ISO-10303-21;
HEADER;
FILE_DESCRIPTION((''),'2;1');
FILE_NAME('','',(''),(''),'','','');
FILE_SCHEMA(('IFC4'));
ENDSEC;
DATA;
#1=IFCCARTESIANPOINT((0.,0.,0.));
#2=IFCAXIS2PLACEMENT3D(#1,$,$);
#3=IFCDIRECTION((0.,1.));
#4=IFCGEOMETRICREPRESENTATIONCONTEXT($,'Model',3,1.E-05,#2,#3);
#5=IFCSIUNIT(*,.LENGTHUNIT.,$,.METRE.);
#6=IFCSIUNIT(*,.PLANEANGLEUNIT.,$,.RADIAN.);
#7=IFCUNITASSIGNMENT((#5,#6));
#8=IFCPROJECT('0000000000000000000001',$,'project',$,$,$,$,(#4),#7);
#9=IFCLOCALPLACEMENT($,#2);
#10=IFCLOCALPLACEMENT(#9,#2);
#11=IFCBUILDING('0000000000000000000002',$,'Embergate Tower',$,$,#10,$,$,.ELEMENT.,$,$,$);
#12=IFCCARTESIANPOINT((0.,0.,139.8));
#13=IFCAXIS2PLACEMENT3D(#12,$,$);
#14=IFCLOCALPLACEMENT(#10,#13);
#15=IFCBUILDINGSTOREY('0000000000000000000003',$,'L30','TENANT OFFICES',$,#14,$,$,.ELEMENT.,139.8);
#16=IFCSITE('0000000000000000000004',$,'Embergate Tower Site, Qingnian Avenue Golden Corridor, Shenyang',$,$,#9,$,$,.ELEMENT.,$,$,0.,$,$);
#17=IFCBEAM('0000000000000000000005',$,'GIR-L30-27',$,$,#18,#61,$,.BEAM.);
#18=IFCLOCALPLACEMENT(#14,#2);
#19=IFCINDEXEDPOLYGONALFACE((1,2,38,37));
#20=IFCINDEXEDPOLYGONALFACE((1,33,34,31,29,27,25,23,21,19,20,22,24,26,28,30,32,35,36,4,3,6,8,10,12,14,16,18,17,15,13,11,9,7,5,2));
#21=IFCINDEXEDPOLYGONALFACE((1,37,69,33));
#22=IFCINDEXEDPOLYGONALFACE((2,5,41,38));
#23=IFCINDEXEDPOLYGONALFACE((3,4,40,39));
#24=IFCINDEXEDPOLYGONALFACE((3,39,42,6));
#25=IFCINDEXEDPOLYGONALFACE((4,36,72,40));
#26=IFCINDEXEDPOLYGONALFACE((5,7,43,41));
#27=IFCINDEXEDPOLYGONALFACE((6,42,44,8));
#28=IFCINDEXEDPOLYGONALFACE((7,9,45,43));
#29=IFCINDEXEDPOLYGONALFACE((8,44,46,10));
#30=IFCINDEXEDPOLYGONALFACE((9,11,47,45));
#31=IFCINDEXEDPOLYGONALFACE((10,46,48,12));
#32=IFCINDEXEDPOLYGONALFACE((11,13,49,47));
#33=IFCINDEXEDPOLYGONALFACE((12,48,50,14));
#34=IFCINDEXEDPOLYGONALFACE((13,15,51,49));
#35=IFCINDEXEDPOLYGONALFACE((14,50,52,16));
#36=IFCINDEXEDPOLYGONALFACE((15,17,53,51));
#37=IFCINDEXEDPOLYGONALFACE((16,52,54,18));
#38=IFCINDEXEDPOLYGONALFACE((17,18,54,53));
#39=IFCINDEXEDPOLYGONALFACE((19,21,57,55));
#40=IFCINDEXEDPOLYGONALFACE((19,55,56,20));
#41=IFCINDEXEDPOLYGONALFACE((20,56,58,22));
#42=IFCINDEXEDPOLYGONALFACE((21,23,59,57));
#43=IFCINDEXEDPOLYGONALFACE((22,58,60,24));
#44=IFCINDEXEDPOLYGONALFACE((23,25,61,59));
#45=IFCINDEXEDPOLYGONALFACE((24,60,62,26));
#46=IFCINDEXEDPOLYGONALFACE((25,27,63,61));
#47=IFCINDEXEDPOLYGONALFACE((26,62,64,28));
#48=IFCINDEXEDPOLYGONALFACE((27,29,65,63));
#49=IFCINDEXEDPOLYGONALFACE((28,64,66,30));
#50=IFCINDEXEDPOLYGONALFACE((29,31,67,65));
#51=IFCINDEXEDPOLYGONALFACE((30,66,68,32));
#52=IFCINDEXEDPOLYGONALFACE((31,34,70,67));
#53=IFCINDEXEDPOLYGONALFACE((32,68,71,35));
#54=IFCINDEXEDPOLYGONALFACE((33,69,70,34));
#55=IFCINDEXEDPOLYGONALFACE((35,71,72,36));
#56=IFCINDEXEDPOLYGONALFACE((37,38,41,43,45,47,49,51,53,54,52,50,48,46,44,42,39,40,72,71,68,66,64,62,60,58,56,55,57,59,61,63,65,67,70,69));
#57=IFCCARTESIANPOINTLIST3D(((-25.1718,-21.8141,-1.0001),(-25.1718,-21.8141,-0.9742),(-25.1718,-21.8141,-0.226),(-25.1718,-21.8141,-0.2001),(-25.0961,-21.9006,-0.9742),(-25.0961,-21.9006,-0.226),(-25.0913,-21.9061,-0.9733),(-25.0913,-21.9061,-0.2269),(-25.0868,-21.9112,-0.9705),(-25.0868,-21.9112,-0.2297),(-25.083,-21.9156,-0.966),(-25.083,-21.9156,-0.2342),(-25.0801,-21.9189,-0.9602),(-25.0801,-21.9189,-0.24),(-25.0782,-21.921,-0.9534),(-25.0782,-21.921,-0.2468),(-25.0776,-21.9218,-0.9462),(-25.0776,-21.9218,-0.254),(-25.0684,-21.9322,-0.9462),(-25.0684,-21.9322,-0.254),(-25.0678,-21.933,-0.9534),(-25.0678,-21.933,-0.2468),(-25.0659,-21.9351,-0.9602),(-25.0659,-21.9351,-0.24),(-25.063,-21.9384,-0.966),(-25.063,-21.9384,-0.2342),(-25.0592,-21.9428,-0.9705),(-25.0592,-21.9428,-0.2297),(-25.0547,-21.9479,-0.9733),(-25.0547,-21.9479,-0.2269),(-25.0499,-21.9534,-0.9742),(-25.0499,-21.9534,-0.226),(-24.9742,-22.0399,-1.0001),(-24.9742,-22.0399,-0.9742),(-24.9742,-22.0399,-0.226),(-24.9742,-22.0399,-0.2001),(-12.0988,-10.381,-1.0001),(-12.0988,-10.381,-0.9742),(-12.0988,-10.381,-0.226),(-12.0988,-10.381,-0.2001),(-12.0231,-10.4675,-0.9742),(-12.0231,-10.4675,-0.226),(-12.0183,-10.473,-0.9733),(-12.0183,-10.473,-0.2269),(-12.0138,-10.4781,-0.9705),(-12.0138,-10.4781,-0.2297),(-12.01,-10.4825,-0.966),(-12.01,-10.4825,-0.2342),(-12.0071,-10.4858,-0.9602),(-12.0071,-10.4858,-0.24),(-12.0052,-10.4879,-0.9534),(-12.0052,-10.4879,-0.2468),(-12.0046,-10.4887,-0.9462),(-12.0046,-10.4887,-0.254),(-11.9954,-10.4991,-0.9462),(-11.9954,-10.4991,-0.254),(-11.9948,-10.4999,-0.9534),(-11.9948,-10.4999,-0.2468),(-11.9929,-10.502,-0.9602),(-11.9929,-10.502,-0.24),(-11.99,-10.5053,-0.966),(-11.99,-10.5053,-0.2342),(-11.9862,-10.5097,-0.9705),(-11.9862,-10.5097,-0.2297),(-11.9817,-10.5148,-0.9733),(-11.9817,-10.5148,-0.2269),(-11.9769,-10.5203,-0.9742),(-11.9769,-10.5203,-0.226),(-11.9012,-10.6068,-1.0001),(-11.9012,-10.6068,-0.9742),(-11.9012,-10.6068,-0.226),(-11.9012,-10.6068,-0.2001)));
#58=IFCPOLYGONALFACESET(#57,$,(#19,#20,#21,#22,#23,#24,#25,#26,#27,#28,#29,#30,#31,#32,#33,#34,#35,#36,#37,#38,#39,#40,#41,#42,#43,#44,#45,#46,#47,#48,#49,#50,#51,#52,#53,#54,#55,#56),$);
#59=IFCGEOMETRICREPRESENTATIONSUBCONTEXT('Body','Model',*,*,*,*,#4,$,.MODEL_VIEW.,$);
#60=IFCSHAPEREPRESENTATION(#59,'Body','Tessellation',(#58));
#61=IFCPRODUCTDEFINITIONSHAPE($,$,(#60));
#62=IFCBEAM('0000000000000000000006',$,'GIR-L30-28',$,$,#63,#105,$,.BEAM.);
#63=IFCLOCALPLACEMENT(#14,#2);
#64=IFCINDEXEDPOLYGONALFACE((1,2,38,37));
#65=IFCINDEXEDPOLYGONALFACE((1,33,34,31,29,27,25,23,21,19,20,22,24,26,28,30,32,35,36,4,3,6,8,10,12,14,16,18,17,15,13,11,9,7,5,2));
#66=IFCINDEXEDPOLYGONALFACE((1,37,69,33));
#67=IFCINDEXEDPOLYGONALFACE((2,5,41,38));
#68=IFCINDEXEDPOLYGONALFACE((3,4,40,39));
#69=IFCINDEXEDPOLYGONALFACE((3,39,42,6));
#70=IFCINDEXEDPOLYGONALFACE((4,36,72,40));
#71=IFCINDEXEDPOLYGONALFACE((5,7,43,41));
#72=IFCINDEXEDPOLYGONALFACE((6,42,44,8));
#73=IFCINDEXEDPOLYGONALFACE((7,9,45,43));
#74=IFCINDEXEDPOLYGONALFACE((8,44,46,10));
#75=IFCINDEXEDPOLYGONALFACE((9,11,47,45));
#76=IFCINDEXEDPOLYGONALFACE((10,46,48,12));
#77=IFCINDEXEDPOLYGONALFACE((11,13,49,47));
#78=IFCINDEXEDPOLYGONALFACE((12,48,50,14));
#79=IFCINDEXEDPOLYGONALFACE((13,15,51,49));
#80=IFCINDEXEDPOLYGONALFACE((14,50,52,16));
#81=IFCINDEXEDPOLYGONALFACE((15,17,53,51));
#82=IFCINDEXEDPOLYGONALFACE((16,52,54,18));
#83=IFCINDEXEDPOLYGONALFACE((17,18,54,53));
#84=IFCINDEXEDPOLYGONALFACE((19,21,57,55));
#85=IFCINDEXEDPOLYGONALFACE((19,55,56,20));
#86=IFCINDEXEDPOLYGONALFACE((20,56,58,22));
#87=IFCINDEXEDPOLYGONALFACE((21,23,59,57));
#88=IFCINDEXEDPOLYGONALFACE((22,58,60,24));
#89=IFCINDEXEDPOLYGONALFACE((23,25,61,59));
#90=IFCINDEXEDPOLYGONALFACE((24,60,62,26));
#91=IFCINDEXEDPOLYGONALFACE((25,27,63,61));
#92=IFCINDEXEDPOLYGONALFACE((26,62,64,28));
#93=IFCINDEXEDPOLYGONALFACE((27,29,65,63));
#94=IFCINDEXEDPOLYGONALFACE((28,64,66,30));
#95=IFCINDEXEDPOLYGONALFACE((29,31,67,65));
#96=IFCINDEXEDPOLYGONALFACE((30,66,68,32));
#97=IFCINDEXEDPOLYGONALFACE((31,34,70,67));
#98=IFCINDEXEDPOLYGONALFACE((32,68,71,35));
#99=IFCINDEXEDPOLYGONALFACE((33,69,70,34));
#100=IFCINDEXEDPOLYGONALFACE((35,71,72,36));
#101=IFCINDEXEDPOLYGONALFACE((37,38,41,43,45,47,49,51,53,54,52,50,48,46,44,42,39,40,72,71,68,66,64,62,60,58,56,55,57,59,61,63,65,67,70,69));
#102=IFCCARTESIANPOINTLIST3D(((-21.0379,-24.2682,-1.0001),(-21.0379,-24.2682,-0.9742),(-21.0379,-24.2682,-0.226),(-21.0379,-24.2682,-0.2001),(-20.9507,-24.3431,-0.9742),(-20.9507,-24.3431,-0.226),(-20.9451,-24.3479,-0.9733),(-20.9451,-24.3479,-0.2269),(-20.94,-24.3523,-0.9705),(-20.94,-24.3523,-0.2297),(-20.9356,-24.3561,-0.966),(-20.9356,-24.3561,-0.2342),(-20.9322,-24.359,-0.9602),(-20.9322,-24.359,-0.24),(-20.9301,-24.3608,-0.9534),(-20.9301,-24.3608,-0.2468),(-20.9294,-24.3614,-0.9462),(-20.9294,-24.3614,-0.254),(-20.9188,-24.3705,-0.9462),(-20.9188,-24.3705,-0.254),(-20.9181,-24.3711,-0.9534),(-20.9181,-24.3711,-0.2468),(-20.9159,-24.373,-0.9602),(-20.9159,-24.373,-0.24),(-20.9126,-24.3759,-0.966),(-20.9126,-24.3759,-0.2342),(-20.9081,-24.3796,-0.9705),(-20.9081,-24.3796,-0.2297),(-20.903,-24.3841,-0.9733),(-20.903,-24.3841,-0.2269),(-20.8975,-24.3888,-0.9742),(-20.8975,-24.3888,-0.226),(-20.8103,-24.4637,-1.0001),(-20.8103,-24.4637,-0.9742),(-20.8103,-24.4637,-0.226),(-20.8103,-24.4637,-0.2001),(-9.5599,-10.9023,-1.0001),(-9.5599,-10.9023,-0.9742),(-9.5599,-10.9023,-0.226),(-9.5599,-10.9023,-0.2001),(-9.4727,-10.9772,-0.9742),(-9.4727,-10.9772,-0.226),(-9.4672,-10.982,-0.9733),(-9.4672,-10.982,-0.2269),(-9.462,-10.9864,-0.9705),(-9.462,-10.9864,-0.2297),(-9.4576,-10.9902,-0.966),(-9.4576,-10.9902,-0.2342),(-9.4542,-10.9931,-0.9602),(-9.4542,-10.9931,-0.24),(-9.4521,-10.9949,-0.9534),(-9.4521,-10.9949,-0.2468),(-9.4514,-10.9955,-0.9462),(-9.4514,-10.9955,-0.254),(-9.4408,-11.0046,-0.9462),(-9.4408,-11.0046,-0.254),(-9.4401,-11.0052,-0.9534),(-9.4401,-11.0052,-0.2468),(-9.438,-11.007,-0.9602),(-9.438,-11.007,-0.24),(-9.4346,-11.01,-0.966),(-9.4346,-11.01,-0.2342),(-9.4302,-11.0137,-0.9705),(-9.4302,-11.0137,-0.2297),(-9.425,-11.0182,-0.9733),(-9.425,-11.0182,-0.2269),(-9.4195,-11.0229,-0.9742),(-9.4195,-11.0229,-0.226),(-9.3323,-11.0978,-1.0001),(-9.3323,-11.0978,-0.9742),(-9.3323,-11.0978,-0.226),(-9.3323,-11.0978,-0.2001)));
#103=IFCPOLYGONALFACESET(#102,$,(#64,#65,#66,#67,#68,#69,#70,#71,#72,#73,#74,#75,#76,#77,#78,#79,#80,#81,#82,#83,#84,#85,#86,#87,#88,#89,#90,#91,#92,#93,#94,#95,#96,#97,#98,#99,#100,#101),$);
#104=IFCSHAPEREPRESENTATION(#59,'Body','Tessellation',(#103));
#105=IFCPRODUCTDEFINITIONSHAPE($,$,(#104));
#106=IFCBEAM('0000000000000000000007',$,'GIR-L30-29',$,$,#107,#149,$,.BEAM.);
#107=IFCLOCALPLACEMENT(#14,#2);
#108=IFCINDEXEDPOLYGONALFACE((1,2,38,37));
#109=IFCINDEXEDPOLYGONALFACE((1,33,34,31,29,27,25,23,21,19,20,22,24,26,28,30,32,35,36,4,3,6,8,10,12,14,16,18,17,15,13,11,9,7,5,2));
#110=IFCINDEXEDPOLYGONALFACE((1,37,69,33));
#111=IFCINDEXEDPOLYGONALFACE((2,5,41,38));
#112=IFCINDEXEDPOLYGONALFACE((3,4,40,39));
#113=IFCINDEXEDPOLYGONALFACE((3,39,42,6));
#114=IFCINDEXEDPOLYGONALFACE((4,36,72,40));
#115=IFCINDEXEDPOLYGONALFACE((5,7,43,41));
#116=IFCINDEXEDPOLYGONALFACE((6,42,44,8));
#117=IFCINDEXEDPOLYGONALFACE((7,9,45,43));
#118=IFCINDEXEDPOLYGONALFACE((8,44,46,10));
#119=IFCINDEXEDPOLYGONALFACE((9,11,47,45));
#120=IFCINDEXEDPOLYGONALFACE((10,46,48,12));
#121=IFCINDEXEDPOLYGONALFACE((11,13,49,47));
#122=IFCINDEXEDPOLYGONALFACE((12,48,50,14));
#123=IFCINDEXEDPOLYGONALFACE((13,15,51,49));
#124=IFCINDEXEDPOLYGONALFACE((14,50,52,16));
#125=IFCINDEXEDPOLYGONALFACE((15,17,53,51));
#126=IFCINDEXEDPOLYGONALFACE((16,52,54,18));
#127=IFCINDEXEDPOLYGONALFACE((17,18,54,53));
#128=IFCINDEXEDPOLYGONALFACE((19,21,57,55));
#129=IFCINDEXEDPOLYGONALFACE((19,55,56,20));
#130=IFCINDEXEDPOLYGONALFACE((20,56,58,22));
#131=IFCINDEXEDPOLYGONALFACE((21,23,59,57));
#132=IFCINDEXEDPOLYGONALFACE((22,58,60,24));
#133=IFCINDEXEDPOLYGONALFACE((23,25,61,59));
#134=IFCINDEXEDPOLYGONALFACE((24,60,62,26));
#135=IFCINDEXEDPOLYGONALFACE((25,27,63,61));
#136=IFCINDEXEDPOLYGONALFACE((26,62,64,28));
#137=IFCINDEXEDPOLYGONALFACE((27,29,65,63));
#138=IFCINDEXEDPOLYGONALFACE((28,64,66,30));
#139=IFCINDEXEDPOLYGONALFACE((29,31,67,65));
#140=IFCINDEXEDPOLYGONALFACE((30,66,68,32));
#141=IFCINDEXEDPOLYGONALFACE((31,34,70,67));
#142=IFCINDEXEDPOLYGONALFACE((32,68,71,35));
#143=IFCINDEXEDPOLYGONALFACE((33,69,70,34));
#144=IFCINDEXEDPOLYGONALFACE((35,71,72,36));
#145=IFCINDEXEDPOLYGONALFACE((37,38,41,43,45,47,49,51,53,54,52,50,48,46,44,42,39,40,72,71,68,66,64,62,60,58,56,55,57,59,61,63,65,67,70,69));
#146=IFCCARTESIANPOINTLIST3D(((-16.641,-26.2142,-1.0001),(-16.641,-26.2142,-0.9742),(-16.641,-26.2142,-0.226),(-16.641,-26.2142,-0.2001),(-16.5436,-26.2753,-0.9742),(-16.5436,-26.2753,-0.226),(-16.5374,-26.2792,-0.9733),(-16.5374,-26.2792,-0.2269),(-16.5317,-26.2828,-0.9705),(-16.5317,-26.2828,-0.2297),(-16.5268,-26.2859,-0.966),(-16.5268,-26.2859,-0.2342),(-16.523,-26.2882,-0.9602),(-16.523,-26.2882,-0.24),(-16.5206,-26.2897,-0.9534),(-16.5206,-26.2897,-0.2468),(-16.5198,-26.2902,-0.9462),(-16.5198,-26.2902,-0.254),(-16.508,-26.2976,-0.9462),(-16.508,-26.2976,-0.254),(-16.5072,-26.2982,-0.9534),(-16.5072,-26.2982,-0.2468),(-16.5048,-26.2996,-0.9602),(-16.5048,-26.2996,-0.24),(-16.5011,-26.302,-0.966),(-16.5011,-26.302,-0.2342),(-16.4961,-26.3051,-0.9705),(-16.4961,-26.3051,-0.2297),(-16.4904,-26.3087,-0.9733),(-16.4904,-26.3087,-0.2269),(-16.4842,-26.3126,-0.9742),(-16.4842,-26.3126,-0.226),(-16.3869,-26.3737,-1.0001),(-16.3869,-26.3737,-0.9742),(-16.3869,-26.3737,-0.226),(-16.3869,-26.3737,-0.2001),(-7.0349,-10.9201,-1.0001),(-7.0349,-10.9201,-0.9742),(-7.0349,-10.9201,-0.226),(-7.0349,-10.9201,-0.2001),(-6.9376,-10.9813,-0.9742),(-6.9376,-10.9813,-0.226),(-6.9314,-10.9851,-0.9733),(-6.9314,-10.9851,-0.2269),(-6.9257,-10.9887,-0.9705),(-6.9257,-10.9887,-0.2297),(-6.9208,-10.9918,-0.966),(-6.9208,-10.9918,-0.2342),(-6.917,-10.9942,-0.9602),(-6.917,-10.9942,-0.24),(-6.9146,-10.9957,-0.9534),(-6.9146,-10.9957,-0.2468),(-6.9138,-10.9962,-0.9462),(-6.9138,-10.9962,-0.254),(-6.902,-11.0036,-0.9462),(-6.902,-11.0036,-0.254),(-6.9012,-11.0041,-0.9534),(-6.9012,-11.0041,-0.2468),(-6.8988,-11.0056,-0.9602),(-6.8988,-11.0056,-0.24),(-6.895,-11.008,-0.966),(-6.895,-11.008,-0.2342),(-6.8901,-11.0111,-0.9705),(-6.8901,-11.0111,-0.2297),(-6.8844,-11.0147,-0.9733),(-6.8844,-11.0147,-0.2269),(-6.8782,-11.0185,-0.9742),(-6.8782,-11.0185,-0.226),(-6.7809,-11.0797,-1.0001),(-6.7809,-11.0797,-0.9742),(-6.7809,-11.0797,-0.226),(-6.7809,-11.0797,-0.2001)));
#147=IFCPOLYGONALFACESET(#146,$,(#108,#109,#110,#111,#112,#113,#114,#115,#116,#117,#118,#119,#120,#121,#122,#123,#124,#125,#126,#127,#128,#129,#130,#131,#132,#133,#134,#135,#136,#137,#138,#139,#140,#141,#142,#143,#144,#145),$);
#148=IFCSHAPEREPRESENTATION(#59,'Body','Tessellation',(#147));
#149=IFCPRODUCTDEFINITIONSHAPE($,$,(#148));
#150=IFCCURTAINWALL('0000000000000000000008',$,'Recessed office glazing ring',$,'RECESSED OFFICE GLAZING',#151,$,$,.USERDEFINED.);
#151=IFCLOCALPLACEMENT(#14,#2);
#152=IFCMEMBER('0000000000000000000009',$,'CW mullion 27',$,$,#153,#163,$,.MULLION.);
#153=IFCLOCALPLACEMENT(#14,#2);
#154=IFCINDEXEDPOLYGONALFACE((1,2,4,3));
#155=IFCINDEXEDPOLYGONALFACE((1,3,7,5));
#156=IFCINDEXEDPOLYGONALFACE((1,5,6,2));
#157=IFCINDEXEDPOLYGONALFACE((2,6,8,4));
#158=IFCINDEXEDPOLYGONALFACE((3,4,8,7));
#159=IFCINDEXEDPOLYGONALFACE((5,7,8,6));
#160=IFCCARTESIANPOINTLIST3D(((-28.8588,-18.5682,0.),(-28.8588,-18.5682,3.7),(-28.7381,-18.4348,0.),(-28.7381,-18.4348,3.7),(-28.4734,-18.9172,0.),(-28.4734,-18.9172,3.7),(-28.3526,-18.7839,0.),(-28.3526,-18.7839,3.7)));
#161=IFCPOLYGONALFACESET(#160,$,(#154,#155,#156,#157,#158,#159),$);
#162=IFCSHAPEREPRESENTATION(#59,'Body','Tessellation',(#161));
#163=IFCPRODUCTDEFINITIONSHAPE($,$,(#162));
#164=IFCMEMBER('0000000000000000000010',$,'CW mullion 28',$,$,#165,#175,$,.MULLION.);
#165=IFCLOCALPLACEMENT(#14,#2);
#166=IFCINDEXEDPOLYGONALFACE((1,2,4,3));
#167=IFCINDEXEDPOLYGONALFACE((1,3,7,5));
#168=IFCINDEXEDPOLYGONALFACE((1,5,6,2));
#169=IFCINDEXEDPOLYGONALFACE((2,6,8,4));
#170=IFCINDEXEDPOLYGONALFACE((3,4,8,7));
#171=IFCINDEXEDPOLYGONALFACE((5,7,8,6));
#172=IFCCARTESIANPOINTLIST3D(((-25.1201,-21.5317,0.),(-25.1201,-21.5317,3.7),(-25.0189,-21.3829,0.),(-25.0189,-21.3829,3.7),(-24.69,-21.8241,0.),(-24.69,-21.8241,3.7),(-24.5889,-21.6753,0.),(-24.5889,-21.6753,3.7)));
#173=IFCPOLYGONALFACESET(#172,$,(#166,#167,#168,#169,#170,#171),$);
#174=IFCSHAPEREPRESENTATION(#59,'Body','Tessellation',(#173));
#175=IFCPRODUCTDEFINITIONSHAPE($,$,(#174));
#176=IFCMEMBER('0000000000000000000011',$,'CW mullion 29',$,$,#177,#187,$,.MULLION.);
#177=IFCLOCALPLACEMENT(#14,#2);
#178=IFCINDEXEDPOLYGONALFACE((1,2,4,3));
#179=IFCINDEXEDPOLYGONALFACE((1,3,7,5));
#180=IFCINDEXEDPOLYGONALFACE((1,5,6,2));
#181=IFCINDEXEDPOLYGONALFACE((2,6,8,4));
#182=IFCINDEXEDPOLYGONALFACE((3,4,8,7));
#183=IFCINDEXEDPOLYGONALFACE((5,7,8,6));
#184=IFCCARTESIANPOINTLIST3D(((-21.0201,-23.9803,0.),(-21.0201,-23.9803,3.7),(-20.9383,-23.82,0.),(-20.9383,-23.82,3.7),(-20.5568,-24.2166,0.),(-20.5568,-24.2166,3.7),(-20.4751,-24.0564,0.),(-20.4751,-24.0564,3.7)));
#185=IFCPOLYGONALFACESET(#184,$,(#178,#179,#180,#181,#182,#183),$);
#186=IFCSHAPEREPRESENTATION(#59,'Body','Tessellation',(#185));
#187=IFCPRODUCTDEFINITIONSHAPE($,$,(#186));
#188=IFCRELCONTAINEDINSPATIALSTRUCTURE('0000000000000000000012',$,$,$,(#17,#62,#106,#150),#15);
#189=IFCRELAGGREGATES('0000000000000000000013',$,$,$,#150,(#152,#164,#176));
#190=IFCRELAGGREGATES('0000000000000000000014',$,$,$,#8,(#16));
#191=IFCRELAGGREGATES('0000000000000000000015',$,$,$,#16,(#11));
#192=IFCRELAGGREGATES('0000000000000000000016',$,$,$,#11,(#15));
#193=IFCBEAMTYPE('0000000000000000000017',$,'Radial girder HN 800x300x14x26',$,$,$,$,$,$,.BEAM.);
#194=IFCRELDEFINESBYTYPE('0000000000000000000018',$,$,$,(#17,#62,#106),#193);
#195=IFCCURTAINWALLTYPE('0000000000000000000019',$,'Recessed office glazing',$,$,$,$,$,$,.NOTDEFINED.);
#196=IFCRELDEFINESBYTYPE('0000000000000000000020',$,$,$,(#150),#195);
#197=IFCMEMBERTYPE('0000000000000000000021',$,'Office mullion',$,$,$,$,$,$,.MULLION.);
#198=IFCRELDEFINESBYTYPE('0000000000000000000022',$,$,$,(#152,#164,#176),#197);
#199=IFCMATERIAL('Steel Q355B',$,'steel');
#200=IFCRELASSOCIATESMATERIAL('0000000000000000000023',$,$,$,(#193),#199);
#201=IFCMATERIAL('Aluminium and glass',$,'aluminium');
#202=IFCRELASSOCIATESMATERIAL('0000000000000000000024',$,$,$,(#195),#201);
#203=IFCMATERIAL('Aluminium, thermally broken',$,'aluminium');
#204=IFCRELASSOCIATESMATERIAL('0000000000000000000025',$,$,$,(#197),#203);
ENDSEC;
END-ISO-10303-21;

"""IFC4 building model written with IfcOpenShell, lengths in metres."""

from ifc_helpers import new_model, si_unit, direction, frame, origin, origin_2d, place, context, subcontext, project, spatial, rectangle, i_section, extrude, source, transform, mapped, material, material_profile, profile_set, type_object, element, aggregate, save


model = new_model("IFC4")

# Units and contexts
model_context = context("Model", 3, precision=1e-05, world=origin(), true_north=direction((0.0, 1.0)))
body_context = subcontext(model_context, "Body", "Model", "MODEL_VIEW")
ifc_project = project(units=[si_unit("LENGTHUNIT", "METRE"), si_unit("PLANEANGLEUNIT", "RADIAN")], contexts=[model_context])

# Site, building, storey
site_placement = place(None, origin())
site = spatial("IfcSite", under=ifc_project, at=site_placement, Name="Embergate Tower Site, Qingnian Avenue Golden Corridor, Shenyang", CompositionType="ELEMENT", RefElevation=0.0)
building_placement = place(site_placement, origin())
building = spatial("IfcBuilding", under=site, at=building_placement, Name="Embergate Tower", CompositionType="ELEMENT")
storey_placement = place(building_placement, frame((0.0, 0.0, 139.8)))
storey = spatial("IfcBuildingStorey", under=building, at=storey_placement, Name="L30", Description="TENANT OFFICES", CompositionType="ELEMENT", Elevation=139.8)

# Beams
ifc_material_1 = material(Name="Steel Q355B", Category="steel")
ifc_material_profile_1 = material_profile(ifc_material_1, i_section(OverallWidth=0.3, OverallDepth=0.8, WebThickness=0.0139, FlangeThickness=0.0259, FilletRadius=0.0281, at=origin_2d()), Name="HN 800x300x14x26")
ifc_profile_set_1 = profile_set([ifc_material_profile_1], Name="Steel Q355 grade B")
beam_type_1 = type_object("IfcBeamType", Name="Radial girder HN 800x300x14x26", PredefinedType="BEAM", material=ifc_profile_set_1)
shared_shape_1 = source(origin(), body_context, "Body", "SweptSolid", [
    extrude(i_section(OverallWidth=0.3, OverallDepth=0.8, WebThickness=0.0139, FlangeThickness=0.0259, FilletRadius=0.0281, at=origin_2d()), origin(), (0.0, 0.0, 1.0), 17.3672),
])
beam_1_placement = place(storey_placement, frame((-25.073, -21.927, -0.6001), z_axis=(0.752741, 0.658316, 0.0), x_axis=(-0.658316, 0.752741, 0.0)))
element("IfcBeam", 1, at=beam_1_placement, inside=storey, type_object=beam_type_1, Name="GIR-L30-27", PredefinedType="BEAM", context=body_context, shape_type="MappedRepresentation", body=[
    mapped(shared_shape_1, transform((0.0, 0.0, 0.0))),
])
shared_shape_2 = source(origin(), body_context, "Body", "SweptSolid", [
    extrude(i_section(OverallWidth=0.3, OverallDepth=0.8, WebThickness=0.0139, FlangeThickness=0.0259, FilletRadius=0.0281, at=origin_2d()), origin(), (0.0, 0.0, 1.0), 17.6179),
])
beam_2_placement = place(storey_placement, frame((-20.9241, -24.366, -0.6001), z_axis=(0.651494, 0.758654, 0.0), x_axis=(-0.758654, 0.651494, 0.0)))
element("IfcBeam", 2, at=beam_2_placement, inside=storey, type_object=beam_type_1, Name="GIR-L30-28", PredefinedType="BEAM", context=body_context, shape_type="MappedRepresentation", body=[
    mapped(shared_shape_2, transform((0.0, 0.0, 0.0))),
])
shared_shape_3 = source(origin(), body_context, "Body", "SweptSolid", [
    extrude(i_section(OverallWidth=0.3, OverallDepth=0.8, WebThickness=0.0139, FlangeThickness=0.0259, FilletRadius=0.0281, at=origin_2d()), origin(), (0.0, 0.0, 1.0), 18.0605),
])
beam_3_placement = place(storey_placement, frame((-16.5139, -26.2939, -0.6001), z_axis=(0.531879, 0.846821, 0.0), x_axis=(-0.846821, 0.531879, 0.0)))
element("IfcBeam", 3, at=beam_3_placement, inside=storey, type_object=beam_type_1, Name="GIR-L30-29", PredefinedType="BEAM", context=body_context, shape_type="MappedRepresentation", body=[
    mapped(shared_shape_3, transform((0.0, 0.0, 0.0))),
])

# Curtain wall, members
ifc_material_2 = material(Name="Aluminium and glass", Category="aluminium")
curtain_wall_type = type_object("IfcCurtainWallType", Name="Recessed office glazing", PredefinedType="NOTDEFINED", material=ifc_material_2)
curtain_wall_placement = place(storey_placement, origin())
curtain_wall = element("IfcCurtainWall", 4, at=curtain_wall_placement, inside=storey, type_object=curtain_wall_type, Name="Recessed office glazing ring", ObjectType="RECESSED OFFICE GLAZING", PredefinedType="USERDEFINED")
ifc_material_3 = material(Name="Aluminium, thermally broken", Category="aluminium")
ifc_material_profile_2 = material_profile(ifc_material_3, rectangle(XDim=0.1799, YDim=0.52, at=origin_2d()), Name="AL 520x180")
ifc_profile_set_2 = profile_set([ifc_material_profile_2], Name="Aluminium, thermally broken")
member_type_1 = type_object("IfcMemberType", Name="Office mullion", PredefinedType="MULLION", material=ifc_profile_set_2)
shared_shape_4 = source(origin(), body_context, "Body", "SweptSolid", [
    extrude(rectangle(XDim=0.1799, YDim=0.52, at=origin_2d()), origin(), (0.0, 0.0, 1.0), 3.7),
])
member_1_placement = place(storey_placement, frame((-28.6057, -18.676, 0.0), z_axis=(0.0, 0.0, 1.0), x_axis=(0.671225, 0.741253, 0.0)))
member_1 = element("IfcMember", 5, at=member_1_placement, type_object=member_type_1, Name="CW mullion 27", PredefinedType="MULLION", context=body_context, shape_type="MappedRepresentation", body=[
    mapped(shared_shape_4, transform((0.0, 0.0, 0.0))),
])
member_2_placement = place(storey_placement, frame((-24.8545, -21.6035, 0.0), z_axis=(0.0, 0.0, 1.0), x_axis=(0.562215, 0.826991, 0.0)))
member_2 = element("IfcMember", 6, at=member_2_placement, type_object=member_type_1, Name="CW mullion 28", PredefinedType="MULLION", context=body_context, shape_type="MappedRepresentation", body=[
    mapped(shared_shape_4, transform((0.0, 0.0, 0.0))),
])
member_3_placement = place(storey_placement, frame((-20.7476, -24.0183, 0.0), z_axis=(0.0, 0.0, 1.0), x_axis=(0.454508, 0.890743, 0.0)))
member_3 = element("IfcMember", 7, at=member_3_placement, type_object=member_type_1, Name="CW mullion 29", PredefinedType="MULLION", context=body_context, shape_type="MappedRepresentation", body=[
    mapped(shared_shape_4, transform((0.0, 0.0, 0.0))),
])
aggregate(curtain_wall, [member_1, member_2, member_3])

save(model, "model.ifc")
